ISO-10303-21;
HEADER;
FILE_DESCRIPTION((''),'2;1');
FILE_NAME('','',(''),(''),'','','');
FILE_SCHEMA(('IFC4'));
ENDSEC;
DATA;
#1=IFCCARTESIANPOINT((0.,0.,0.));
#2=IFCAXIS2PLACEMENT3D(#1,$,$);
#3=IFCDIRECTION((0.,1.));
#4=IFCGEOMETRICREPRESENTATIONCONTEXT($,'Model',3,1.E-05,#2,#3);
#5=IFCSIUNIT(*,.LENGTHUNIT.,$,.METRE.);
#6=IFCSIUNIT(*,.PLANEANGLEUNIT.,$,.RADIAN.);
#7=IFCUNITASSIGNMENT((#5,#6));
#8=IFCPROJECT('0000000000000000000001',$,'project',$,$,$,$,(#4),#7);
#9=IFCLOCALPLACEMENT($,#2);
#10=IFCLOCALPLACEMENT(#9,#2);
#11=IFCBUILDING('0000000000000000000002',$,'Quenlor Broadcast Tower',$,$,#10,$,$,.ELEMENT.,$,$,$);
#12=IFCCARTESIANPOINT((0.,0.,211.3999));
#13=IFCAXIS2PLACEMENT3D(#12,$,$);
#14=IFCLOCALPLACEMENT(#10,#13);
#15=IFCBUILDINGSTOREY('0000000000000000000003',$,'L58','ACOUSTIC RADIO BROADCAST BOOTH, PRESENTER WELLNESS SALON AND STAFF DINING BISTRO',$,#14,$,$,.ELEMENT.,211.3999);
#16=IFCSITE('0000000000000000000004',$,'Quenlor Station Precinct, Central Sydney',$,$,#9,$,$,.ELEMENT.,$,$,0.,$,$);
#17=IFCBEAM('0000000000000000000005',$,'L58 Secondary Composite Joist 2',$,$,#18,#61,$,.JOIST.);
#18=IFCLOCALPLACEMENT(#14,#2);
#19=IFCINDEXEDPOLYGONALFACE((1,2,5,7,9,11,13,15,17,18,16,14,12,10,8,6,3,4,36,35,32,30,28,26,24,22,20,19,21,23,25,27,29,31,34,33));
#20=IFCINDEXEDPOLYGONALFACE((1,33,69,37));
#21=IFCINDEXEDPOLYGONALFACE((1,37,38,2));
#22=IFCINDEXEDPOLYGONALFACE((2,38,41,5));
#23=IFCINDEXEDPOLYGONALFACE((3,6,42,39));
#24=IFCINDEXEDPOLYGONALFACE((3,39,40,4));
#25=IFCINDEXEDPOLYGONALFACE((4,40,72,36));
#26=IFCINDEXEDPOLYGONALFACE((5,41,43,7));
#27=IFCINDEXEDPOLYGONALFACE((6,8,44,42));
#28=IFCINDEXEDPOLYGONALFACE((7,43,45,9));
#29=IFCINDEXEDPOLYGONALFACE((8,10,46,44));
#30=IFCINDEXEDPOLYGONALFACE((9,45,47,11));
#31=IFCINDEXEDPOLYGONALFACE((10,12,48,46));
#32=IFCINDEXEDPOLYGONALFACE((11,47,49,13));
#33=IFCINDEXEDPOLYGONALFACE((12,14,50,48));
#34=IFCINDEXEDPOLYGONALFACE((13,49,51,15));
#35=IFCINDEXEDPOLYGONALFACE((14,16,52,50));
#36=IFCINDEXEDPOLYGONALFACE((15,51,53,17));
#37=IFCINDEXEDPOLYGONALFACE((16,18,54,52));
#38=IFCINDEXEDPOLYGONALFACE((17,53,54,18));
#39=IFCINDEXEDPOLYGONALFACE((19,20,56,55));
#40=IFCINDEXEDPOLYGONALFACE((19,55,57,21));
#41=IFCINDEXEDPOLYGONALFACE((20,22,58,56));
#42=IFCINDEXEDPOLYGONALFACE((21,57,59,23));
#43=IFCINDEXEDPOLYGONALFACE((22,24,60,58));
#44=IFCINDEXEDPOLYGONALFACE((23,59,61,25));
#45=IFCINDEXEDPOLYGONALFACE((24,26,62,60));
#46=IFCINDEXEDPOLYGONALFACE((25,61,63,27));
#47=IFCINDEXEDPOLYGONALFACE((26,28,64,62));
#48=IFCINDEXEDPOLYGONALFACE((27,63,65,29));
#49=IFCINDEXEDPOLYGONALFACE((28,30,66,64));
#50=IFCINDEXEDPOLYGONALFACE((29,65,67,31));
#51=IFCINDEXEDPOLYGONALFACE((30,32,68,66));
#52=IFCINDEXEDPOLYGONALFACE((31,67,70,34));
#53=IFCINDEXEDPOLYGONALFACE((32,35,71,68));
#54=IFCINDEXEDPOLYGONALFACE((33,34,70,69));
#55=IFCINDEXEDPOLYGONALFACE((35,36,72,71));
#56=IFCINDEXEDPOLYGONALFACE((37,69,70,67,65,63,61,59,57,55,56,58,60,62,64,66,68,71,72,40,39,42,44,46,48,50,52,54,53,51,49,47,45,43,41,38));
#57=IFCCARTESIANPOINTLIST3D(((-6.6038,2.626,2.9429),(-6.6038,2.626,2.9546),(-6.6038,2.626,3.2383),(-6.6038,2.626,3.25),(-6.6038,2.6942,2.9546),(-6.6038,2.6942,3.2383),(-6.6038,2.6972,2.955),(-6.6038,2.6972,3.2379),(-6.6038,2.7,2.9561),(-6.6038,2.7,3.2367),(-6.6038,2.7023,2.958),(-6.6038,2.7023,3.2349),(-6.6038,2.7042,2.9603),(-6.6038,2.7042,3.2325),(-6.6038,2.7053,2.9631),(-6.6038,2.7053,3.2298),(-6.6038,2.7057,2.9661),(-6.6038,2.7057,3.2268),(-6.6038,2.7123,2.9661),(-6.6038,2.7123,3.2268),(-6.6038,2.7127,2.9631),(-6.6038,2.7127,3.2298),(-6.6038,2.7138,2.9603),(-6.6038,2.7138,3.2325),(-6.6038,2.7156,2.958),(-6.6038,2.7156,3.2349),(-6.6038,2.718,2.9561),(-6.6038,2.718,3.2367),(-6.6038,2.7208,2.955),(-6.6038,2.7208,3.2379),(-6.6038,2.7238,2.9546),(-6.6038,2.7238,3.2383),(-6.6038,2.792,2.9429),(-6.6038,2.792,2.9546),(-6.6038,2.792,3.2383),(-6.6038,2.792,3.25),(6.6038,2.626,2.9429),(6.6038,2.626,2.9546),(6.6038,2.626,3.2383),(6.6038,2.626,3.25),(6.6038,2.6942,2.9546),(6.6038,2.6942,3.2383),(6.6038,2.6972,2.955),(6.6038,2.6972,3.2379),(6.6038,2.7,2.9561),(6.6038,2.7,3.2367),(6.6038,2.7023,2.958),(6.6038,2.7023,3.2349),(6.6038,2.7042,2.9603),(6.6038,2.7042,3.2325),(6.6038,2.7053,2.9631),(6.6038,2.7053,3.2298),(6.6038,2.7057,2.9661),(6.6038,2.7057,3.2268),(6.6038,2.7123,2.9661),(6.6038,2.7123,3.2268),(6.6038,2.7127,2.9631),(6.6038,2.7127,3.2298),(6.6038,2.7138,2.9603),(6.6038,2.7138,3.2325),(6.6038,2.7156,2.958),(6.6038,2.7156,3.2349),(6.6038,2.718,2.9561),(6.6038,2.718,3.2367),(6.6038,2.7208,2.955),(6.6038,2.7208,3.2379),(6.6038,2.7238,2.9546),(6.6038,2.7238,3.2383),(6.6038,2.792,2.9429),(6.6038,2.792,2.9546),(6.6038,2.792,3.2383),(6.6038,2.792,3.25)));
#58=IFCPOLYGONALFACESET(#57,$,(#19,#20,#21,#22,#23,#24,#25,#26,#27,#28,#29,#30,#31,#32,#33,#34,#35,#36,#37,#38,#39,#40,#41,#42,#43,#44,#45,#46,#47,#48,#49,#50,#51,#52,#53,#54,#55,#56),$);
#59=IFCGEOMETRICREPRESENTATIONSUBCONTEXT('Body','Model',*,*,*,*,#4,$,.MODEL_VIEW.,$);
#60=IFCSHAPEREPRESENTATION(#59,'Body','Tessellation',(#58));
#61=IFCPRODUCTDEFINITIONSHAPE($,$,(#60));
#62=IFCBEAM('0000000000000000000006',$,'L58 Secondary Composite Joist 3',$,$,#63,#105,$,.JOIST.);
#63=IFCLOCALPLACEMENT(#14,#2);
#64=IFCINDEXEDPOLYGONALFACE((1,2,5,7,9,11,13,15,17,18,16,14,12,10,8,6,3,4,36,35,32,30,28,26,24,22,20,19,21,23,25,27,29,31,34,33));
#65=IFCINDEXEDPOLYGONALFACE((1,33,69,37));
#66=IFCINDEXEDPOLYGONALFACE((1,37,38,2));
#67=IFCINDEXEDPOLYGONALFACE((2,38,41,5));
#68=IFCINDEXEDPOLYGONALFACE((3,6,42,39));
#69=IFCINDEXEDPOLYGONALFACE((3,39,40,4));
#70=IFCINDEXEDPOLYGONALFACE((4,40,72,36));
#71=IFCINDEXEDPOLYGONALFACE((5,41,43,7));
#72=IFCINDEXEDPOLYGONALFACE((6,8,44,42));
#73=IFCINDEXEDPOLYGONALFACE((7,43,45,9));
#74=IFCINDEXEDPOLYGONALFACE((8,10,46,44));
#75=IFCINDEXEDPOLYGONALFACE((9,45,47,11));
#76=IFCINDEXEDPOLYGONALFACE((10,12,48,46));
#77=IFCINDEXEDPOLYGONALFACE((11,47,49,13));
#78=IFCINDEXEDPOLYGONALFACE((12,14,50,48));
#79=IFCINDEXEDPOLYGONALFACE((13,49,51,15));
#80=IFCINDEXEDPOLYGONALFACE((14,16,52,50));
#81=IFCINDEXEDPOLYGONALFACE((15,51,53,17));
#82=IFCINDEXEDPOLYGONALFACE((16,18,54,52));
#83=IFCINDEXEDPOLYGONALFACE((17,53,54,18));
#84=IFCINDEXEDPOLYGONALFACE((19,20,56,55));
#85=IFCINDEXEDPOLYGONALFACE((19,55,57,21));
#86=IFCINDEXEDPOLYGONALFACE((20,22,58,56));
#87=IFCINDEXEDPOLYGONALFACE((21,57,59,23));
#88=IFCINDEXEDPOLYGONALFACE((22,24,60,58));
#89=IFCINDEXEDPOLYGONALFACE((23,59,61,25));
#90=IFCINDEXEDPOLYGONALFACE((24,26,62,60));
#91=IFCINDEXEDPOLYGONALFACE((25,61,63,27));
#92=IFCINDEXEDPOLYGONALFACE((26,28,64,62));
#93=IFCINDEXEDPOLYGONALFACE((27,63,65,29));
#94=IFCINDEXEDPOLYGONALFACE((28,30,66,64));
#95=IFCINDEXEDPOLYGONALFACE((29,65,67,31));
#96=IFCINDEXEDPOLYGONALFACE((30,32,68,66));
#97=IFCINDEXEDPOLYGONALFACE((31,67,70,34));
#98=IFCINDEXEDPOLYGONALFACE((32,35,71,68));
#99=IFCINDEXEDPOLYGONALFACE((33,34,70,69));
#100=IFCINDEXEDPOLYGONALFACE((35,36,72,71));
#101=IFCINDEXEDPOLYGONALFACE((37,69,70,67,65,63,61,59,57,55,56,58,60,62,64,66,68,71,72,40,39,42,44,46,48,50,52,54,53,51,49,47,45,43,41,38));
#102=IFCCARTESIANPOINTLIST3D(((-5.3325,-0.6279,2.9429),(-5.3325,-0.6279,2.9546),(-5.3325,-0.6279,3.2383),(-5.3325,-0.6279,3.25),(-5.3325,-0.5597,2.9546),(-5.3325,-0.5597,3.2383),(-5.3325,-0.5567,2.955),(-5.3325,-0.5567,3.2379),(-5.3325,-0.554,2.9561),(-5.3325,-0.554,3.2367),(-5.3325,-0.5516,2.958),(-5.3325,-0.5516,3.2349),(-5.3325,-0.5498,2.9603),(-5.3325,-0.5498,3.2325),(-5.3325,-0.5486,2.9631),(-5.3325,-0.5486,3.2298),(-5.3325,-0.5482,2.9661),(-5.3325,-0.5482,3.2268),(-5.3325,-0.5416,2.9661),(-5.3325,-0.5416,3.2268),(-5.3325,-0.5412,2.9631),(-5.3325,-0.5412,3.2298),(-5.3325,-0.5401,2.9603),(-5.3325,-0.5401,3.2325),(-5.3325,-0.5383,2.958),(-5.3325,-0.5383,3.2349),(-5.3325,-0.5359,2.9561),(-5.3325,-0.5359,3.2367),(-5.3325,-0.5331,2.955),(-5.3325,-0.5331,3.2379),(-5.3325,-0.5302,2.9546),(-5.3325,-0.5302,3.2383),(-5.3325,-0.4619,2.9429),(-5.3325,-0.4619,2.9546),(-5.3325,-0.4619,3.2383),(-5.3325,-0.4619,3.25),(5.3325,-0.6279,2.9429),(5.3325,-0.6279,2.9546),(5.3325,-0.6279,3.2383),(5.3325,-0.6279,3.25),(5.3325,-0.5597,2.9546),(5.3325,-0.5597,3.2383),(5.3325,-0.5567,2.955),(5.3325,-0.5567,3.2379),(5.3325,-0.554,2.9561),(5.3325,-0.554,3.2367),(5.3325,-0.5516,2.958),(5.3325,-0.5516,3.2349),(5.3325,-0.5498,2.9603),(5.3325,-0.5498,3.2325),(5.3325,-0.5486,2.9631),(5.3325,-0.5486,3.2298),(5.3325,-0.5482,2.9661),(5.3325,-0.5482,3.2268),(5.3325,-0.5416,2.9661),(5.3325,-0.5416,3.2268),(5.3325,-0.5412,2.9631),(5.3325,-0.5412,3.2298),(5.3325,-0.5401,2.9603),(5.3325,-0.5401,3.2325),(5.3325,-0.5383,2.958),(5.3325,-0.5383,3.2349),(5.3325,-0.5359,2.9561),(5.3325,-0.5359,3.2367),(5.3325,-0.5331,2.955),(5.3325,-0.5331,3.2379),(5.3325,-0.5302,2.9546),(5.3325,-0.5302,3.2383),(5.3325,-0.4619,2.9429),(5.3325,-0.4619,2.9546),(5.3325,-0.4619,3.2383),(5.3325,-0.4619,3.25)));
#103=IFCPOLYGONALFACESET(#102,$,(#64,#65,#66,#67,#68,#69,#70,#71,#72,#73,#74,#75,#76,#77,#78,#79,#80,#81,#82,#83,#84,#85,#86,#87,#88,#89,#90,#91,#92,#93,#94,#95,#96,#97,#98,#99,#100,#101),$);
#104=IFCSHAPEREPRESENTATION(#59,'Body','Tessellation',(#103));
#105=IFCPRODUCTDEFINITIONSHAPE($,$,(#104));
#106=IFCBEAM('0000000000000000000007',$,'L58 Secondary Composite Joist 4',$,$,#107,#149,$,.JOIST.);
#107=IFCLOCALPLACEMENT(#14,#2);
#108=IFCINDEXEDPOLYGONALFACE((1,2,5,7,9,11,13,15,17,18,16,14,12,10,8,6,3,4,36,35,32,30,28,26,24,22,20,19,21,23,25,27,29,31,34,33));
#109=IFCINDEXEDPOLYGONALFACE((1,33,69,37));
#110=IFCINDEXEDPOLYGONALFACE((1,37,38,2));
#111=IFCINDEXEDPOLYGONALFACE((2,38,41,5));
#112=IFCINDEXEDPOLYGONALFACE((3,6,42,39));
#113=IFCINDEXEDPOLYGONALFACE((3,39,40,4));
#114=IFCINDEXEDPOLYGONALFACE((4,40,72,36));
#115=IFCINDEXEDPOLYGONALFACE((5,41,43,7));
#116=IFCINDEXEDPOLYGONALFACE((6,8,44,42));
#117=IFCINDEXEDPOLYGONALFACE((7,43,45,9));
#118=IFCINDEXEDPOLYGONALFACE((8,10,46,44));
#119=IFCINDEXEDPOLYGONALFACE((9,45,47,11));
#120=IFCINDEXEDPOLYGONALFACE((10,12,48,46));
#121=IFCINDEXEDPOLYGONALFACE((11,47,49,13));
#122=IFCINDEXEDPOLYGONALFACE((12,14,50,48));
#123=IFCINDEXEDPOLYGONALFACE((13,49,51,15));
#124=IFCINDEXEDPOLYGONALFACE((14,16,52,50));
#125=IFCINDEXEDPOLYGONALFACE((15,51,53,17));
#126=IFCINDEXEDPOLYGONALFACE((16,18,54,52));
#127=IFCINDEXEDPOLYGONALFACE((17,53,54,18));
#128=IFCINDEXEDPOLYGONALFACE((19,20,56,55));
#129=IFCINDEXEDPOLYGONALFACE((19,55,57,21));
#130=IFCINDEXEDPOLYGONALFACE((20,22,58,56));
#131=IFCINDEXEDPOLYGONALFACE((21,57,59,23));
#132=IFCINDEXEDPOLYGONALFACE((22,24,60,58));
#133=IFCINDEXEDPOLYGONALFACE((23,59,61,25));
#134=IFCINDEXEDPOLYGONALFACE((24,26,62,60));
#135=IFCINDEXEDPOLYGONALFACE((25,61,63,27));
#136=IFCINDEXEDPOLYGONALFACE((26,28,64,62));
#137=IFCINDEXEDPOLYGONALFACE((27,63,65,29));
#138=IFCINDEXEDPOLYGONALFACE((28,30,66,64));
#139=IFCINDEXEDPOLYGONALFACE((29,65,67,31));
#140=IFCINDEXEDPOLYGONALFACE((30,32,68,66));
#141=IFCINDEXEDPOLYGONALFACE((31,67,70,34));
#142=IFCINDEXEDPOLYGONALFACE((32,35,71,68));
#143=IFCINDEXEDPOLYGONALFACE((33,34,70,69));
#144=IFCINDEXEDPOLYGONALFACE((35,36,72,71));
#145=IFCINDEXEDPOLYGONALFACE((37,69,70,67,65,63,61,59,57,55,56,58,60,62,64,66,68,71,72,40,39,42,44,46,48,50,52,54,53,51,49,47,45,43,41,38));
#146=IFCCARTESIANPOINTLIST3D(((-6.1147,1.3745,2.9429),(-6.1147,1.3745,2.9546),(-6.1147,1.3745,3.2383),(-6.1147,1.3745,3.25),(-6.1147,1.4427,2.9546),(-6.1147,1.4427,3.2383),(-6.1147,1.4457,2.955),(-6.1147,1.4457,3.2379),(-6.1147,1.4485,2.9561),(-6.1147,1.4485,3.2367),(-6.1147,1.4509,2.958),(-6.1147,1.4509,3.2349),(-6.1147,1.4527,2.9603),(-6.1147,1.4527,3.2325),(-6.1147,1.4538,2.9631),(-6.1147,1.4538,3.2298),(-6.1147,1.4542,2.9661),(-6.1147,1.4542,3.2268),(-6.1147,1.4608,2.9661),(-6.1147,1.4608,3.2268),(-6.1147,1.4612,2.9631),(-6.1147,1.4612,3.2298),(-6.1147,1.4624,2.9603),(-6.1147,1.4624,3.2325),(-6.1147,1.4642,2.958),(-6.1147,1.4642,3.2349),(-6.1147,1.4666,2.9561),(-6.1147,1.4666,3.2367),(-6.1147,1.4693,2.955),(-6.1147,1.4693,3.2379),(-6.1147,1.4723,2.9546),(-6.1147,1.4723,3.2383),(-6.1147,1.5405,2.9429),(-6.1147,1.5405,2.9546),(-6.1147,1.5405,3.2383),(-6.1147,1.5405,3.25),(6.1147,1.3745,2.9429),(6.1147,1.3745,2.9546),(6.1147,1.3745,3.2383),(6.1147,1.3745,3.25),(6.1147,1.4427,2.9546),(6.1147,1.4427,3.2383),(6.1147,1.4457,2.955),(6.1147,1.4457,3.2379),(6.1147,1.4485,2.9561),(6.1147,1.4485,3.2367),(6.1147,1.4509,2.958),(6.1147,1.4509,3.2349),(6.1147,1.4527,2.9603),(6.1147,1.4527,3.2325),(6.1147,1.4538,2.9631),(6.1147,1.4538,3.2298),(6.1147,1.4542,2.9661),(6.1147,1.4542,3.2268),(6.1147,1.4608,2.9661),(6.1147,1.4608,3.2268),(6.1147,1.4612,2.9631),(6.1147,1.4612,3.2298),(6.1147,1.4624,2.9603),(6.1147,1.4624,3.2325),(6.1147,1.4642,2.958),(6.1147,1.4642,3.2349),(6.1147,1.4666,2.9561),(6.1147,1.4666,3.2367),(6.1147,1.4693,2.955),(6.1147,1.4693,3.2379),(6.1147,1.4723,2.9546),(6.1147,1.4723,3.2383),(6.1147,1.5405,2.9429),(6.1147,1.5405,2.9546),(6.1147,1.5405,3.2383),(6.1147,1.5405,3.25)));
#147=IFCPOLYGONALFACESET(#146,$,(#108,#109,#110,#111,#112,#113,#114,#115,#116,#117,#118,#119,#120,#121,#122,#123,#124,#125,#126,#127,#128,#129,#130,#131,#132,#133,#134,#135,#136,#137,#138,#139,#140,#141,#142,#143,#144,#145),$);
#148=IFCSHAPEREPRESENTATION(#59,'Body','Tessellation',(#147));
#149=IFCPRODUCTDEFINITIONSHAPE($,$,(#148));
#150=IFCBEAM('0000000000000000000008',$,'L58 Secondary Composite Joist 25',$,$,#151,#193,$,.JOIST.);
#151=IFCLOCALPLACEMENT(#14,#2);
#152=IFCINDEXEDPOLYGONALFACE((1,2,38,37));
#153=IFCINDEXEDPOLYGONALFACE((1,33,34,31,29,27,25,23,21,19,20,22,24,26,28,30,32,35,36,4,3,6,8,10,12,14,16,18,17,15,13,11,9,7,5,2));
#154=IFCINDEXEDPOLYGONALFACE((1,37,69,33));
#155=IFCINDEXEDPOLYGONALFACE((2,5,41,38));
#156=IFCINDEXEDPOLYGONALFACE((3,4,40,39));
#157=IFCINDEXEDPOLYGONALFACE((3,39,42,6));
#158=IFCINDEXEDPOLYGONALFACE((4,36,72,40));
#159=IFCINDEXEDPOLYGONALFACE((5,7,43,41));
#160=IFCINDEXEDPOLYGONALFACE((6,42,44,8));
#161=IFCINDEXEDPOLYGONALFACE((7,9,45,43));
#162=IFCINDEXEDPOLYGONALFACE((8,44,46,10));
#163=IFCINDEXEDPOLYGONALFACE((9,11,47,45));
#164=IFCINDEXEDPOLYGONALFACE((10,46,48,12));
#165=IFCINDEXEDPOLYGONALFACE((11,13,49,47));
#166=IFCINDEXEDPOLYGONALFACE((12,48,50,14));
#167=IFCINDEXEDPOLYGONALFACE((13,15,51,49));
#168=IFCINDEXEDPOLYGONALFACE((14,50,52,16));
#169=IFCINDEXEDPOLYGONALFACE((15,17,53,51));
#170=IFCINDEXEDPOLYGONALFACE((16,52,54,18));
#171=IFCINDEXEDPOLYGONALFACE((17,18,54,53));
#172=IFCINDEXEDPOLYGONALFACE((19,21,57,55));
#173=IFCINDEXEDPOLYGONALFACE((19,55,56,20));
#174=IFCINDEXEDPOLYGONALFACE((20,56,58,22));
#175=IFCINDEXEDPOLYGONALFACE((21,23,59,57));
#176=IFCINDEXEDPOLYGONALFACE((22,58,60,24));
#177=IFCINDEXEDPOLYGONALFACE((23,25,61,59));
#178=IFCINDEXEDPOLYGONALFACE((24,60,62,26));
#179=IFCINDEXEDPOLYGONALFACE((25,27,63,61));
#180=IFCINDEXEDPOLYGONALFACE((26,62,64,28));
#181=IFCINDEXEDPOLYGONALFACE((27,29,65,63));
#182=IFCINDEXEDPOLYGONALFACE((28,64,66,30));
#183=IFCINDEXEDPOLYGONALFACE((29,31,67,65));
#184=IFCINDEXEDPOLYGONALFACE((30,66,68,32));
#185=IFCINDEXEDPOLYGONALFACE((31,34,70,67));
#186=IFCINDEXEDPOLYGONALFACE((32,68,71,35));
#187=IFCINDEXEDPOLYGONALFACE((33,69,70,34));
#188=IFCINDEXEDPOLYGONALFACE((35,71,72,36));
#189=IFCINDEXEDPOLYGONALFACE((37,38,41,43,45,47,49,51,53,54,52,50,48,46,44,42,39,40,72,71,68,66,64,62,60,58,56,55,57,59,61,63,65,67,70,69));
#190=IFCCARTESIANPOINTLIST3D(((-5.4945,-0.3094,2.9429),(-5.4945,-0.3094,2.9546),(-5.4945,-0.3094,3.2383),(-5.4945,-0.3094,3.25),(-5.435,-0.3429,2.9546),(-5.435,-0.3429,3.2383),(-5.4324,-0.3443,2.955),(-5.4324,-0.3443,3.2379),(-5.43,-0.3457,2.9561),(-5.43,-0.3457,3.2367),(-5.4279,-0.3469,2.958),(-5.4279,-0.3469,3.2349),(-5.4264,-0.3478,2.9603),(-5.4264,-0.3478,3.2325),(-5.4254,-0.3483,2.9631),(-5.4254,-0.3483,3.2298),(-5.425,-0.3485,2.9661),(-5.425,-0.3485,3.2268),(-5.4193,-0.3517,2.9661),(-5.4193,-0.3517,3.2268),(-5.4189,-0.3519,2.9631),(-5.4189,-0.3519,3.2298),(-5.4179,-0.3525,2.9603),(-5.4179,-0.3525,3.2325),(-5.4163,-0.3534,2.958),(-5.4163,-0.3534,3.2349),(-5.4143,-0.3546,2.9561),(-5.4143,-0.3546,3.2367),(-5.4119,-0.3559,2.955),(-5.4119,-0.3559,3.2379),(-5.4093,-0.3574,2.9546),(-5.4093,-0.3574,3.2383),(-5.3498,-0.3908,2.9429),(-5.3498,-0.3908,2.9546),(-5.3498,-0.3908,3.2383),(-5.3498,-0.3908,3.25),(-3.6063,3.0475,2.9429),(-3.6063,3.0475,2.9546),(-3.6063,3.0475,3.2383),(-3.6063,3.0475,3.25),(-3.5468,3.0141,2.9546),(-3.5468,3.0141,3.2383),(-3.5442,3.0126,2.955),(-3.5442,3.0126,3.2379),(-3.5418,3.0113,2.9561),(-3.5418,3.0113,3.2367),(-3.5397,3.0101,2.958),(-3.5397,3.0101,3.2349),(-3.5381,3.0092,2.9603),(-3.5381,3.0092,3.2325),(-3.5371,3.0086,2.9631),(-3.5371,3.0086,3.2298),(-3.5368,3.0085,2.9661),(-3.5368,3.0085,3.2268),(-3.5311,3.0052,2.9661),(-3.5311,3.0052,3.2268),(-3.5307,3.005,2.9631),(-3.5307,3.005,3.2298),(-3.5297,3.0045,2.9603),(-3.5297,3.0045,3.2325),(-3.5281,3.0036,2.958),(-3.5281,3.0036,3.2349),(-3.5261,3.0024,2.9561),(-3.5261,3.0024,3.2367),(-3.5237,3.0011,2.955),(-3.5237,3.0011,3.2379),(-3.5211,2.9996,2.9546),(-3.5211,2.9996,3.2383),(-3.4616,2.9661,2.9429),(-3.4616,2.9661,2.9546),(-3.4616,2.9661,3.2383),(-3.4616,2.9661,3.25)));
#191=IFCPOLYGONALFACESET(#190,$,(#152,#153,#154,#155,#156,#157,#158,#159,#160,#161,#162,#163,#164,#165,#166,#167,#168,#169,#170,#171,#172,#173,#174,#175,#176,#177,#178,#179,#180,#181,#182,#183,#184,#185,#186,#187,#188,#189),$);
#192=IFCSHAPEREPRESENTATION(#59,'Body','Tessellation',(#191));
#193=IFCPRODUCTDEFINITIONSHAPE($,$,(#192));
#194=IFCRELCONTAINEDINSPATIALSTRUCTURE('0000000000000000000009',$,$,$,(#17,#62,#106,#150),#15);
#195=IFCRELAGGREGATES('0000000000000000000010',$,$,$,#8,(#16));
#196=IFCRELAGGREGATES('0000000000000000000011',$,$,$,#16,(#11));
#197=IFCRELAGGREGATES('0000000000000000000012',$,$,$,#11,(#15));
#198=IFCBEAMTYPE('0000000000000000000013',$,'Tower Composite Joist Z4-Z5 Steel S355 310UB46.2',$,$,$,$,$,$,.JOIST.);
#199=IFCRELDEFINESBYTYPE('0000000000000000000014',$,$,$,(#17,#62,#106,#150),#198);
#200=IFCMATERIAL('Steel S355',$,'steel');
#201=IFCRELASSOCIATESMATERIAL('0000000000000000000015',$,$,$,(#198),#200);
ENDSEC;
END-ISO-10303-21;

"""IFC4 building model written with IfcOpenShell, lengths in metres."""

from ifc_helpers import new_model, si_unit, direction, frame, origin, origin_2d, place, context, subcontext, project, spatial, i_section, extrude, material, material_profile, profile_set, type_object, element, save


model = new_model("IFC4")

# Units and contexts
model_context = context("Model", 3, precision=1e-05, world=origin(), true_north=direction((0.0, 1.0)))
body_context = subcontext(model_context, "Body", "Model", "MODEL_VIEW")
ifc_project = project(units=[si_unit("LENGTHUNIT", "METRE"), si_unit("PLANEANGLEUNIT", "RADIAN")], contexts=[model_context])

# Site, building, storey
site_placement = place(None, origin())
site = spatial("IfcSite", under=ifc_project, at=site_placement, Name="Quenlor Station Precinct, Central Sydney", CompositionType="ELEMENT", RefElevation=0.0)
building_placement = place(site_placement, origin())
building = spatial("IfcBuilding", under=site, at=building_placement, Name="Quenlor Broadcast Tower", CompositionType="ELEMENT")
storey_placement = place(building_placement, frame((0.0, 0.0, 211.3999)))
storey = spatial("IfcBuildingStorey", under=building, at=storey_placement, Name="L58", Description="ACOUSTIC RADIO BROADCAST BOOTH, PRESENTER WELLNESS SALON AND STAFF DINING BISTRO", CompositionType="ELEMENT", Elevation=211.3999)

# Beams
ifc_material_1 = material(Name="Steel S355", Category="steel")
ifc_material_profile_1 = material_profile(ifc_material_1, i_section(OverallWidth=0.166, OverallDepth=0.3071, WebThickness=0.0066, FlangeThickness=0.0117, FilletRadius=0.0115, at=origin_2d()))
ifc_profile_set_1 = profile_set([ifc_material_profile_1], Name="Steel S355 310UB46.2")
beam_type_1 = type_object("IfcBeamType", Name="Tower Composite Joist Z4-Z5 Steel S355 310UB46.2", PredefinedType="JOIST", material=ifc_profile_set_1)
beam_1_placement = place(storey_placement, frame((-6.6038, 2.709, 3.0964), z_axis=(1.0, 0.0, 0.0), x_axis=(0.0, 1.0, 0.0)))
element("IfcBeam", 1, at=beam_1_placement, inside=storey, type_object=beam_type_1, Name="L58 Secondary Composite Joist 2", PredefinedType="JOIST", context=body_context, shape_type="SweptSolid", body=[
    extrude(i_section(OverallWidth=0.166, OverallDepth=0.3071, WebThickness=0.0066, FlangeThickness=0.0117, FilletRadius=0.0115, at=origin_2d()), origin(), (0.0, 0.0, 1.0), 13.2075),
])
beam_2_placement = place(storey_placement, frame((-5.3325, -0.5449, 3.0964), z_axis=(1.0, 0.0, 0.0), x_axis=(0.0, 1.0, 0.0)))
element("IfcBeam", 2, at=beam_2_placement, inside=storey, type_object=beam_type_1, Name="L58 Secondary Composite Joist 3", PredefinedType="JOIST", context=body_context, shape_type="SweptSolid", body=[
    extrude(i_section(OverallWidth=0.166, OverallDepth=0.3071, WebThickness=0.0066, FlangeThickness=0.0117, FilletRadius=0.0115, at=origin_2d()), origin(), (0.0, 0.0, 1.0), 10.665),
])
beam_3_placement = place(storey_placement, frame((-6.1147, 1.4575, 3.0964), z_axis=(1.0, 0.0, 0.0), x_axis=(0.0, 1.0, 0.0)))
element("IfcBeam", 3, at=beam_3_placement, inside=storey, type_object=beam_type_1, Name="L58 Secondary Composite Joist 4", PredefinedType="JOIST", context=body_context, shape_type="SweptSolid", body=[
    extrude(i_section(OverallWidth=0.166, OverallDepth=0.3071, WebThickness=0.0066, FlangeThickness=0.0117, FilletRadius=0.0115, at=origin_2d()), origin(), (0.0, 0.0, 1.0), 12.2295),
])
beam_4_placement = place(storey_placement, frame((-3.5339, 3.0068, 3.0964), z_axis=(-0.490243, -0.871586, 0.0), x_axis=(0.871586, -0.490243, 0.0)))
element("IfcBeam", 4, at=beam_4_placement, inside=storey, type_object=beam_type_1, Name="L58 Secondary Composite Joist 25", PredefinedType="JOIST", context=body_context, shape_type="SweptSolid", body=[
    extrude(i_section(OverallWidth=0.166, OverallDepth=0.3071, WebThickness=0.0066, FlangeThickness=0.0117, FilletRadius=0.0115, at=origin_2d()), origin(), (0.0, 0.0, 1.0), 3.8516),
])

save(model, "model.ifc")
